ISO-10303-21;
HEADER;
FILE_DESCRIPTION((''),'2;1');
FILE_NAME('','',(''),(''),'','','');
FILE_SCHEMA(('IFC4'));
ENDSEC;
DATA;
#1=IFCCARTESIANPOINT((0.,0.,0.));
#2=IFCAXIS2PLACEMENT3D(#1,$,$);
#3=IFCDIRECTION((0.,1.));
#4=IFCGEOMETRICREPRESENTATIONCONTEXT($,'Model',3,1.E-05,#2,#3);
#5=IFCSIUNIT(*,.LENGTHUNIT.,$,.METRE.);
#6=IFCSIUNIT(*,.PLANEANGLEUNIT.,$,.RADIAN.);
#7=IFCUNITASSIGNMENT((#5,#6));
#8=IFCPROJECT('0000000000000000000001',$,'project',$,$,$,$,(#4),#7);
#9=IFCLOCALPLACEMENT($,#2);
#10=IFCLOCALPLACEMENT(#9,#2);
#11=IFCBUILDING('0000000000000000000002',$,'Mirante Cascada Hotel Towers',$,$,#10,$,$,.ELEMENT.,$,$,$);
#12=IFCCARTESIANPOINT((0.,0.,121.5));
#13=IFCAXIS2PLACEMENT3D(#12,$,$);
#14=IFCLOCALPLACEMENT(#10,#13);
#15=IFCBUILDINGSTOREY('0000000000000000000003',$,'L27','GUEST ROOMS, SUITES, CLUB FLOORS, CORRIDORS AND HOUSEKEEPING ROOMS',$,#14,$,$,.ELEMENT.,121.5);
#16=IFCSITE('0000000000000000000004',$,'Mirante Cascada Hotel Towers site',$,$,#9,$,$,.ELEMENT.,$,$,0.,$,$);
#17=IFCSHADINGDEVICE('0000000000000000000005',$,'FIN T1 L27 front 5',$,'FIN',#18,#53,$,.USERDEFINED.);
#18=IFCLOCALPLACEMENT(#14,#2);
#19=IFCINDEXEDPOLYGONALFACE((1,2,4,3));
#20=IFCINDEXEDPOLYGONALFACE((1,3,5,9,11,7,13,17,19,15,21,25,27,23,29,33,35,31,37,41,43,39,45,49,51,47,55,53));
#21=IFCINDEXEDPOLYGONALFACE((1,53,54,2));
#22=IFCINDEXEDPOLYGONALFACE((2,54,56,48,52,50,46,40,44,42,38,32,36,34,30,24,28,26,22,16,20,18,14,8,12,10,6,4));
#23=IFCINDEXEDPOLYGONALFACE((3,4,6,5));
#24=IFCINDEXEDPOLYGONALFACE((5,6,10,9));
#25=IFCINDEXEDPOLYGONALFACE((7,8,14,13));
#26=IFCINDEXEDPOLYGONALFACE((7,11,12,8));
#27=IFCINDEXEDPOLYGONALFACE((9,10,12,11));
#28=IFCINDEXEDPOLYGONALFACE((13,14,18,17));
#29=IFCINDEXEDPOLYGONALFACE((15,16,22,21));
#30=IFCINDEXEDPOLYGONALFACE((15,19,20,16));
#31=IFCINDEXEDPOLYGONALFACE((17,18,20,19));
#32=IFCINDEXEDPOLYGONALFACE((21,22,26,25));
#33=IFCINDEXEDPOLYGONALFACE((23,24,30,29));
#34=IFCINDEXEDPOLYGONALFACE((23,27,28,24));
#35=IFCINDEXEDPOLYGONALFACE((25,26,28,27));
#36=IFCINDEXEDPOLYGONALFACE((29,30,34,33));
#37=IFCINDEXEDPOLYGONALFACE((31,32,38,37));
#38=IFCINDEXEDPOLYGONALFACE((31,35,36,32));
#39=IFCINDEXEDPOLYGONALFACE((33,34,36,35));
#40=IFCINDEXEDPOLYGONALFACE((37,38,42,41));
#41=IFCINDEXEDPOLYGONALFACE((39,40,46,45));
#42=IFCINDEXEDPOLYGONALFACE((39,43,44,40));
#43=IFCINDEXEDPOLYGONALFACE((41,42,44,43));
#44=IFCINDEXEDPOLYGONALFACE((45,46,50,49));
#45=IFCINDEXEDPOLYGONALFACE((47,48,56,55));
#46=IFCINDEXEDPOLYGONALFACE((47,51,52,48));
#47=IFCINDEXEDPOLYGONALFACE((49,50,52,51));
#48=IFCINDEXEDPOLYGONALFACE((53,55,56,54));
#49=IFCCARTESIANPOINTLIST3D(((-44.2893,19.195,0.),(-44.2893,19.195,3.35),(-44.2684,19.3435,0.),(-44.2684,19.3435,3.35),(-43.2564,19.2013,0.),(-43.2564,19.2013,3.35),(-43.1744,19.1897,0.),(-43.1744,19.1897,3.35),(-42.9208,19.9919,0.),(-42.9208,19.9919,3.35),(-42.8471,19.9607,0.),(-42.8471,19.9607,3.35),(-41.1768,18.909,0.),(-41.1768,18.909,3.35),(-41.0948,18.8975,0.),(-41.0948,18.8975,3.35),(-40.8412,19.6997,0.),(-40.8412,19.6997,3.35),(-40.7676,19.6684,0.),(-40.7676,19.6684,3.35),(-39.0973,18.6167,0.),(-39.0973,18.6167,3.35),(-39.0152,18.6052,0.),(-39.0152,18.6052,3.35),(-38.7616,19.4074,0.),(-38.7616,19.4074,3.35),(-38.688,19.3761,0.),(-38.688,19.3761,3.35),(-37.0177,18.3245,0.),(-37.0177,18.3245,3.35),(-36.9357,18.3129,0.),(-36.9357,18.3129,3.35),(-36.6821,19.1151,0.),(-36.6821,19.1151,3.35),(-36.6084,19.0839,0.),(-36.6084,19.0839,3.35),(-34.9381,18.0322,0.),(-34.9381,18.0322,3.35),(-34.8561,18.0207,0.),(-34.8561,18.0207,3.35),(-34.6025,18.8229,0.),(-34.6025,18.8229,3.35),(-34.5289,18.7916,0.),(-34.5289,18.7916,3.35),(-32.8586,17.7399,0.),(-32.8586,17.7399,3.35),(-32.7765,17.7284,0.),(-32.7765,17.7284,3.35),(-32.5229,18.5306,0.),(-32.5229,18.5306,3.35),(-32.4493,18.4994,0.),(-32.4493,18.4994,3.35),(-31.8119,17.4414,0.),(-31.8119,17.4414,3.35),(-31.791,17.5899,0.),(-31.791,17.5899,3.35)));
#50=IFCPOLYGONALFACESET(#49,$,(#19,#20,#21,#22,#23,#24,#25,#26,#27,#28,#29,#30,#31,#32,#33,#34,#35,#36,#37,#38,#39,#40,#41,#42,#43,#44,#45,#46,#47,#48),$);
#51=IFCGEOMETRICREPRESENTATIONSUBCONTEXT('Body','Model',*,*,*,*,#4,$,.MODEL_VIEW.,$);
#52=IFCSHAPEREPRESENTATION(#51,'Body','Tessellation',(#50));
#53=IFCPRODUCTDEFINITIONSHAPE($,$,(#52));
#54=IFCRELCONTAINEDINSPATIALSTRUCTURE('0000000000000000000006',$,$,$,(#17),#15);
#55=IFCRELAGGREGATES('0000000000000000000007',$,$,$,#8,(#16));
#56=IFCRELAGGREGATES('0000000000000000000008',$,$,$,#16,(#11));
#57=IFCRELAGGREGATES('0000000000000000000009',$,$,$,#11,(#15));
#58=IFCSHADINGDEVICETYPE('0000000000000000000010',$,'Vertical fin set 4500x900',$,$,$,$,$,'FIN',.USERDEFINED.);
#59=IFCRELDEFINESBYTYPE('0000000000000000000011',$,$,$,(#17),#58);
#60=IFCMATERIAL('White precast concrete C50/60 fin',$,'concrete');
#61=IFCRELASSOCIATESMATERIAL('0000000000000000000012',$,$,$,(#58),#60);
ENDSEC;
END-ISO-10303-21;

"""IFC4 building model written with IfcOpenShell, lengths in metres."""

from ifc_helpers import new_model, si_unit, direction, frame, origin, place, context, subcontext, project, spatial, polyline, outline, extrude, material, type_object, element, save


model = new_model("IFC4")

# Units and contexts
model_context = context("Model", 3, precision=1e-05, world=origin(), true_north=direction((0.0, 1.0)))
body_context = subcontext(model_context, "Body", "Model", "MODEL_VIEW")
ifc_project = project(units=[si_unit("LENGTHUNIT", "METRE"), si_unit("PLANEANGLEUNIT", "RADIAN")], contexts=[model_context])

# Site, building, storey
site_placement = place(None, origin())
site = spatial("IfcSite", under=ifc_project, at=site_placement, Name="Mirante Cascada Hotel Towers site", CompositionType="ELEMENT", RefElevation=0.0)
building_placement = place(site_placement, origin())
building = spatial("IfcBuilding", under=site, at=building_placement, Name="Mirante Cascada Hotel Towers", CompositionType="ELEMENT")
storey_placement = place(building_placement, frame((0.0, 0.0, 121.5)))
storey = spatial("IfcBuildingStorey", under=building, at=storey_placement, Name="L27", Description="GUEST ROOMS, SUITES, CLUB FLOORS, CORRIDORS AND HOUSEKEEPING ROOMS", CompositionType="ELEMENT", Elevation=121.5)

# Shading device
ifc_material_1 = material(Name="White precast concrete C50/60 fin", Category="concrete")
shading_device_type = type_object("IfcShadingDeviceType", Name="Vertical fin set 4500x900", ElementType="FIN", PredefinedType="USERDEFINED", material=ifc_material_1)
shading_device_1_placement = place(storey_placement, origin())
element("IfcShadingDevice", 1, at=shading_device_1_placement, inside=storey, type_object=shading_device_type, Name="FIN T1 L27 front 5", ObjectType="FIN", PredefinedType="USERDEFINED", context=body_context, shape_type="SweptSolid", body=[
    extrude(outline(polyline([(-32.4493, 18.4994), (-32.7765, 17.7284), (-31.791, 17.5899), (-31.8119, 17.4414), (-44.2893, 19.195), (-44.2684, 19.3435), (-43.2564, 19.2013), (-42.9208, 19.9919), (-42.8471, 19.9607), (-43.1744, 19.1897), (-41.1768, 18.909), (-40.8412, 19.6997), (-40.7676, 19.6684), (-41.0948, 18.8975), (-39.0973, 18.6167), (-38.7616, 19.4074), (-38.688, 19.3761), (-39.0152, 18.6052), (-37.0177, 18.3245), (-36.6821, 19.1151), (-36.6084, 19.0839), (-36.9357, 18.3129), (-34.9381, 18.0322), (-34.6025, 18.8229), (-34.5289, 18.7916), (-34.8561, 18.0207), (-32.8586, 17.7399), (-32.5229, 18.5306), (-32.4493, 18.4994)])), origin(), (0.0, 0.0, 1.0), 3.35),
])

save(model, "model.ifc")
